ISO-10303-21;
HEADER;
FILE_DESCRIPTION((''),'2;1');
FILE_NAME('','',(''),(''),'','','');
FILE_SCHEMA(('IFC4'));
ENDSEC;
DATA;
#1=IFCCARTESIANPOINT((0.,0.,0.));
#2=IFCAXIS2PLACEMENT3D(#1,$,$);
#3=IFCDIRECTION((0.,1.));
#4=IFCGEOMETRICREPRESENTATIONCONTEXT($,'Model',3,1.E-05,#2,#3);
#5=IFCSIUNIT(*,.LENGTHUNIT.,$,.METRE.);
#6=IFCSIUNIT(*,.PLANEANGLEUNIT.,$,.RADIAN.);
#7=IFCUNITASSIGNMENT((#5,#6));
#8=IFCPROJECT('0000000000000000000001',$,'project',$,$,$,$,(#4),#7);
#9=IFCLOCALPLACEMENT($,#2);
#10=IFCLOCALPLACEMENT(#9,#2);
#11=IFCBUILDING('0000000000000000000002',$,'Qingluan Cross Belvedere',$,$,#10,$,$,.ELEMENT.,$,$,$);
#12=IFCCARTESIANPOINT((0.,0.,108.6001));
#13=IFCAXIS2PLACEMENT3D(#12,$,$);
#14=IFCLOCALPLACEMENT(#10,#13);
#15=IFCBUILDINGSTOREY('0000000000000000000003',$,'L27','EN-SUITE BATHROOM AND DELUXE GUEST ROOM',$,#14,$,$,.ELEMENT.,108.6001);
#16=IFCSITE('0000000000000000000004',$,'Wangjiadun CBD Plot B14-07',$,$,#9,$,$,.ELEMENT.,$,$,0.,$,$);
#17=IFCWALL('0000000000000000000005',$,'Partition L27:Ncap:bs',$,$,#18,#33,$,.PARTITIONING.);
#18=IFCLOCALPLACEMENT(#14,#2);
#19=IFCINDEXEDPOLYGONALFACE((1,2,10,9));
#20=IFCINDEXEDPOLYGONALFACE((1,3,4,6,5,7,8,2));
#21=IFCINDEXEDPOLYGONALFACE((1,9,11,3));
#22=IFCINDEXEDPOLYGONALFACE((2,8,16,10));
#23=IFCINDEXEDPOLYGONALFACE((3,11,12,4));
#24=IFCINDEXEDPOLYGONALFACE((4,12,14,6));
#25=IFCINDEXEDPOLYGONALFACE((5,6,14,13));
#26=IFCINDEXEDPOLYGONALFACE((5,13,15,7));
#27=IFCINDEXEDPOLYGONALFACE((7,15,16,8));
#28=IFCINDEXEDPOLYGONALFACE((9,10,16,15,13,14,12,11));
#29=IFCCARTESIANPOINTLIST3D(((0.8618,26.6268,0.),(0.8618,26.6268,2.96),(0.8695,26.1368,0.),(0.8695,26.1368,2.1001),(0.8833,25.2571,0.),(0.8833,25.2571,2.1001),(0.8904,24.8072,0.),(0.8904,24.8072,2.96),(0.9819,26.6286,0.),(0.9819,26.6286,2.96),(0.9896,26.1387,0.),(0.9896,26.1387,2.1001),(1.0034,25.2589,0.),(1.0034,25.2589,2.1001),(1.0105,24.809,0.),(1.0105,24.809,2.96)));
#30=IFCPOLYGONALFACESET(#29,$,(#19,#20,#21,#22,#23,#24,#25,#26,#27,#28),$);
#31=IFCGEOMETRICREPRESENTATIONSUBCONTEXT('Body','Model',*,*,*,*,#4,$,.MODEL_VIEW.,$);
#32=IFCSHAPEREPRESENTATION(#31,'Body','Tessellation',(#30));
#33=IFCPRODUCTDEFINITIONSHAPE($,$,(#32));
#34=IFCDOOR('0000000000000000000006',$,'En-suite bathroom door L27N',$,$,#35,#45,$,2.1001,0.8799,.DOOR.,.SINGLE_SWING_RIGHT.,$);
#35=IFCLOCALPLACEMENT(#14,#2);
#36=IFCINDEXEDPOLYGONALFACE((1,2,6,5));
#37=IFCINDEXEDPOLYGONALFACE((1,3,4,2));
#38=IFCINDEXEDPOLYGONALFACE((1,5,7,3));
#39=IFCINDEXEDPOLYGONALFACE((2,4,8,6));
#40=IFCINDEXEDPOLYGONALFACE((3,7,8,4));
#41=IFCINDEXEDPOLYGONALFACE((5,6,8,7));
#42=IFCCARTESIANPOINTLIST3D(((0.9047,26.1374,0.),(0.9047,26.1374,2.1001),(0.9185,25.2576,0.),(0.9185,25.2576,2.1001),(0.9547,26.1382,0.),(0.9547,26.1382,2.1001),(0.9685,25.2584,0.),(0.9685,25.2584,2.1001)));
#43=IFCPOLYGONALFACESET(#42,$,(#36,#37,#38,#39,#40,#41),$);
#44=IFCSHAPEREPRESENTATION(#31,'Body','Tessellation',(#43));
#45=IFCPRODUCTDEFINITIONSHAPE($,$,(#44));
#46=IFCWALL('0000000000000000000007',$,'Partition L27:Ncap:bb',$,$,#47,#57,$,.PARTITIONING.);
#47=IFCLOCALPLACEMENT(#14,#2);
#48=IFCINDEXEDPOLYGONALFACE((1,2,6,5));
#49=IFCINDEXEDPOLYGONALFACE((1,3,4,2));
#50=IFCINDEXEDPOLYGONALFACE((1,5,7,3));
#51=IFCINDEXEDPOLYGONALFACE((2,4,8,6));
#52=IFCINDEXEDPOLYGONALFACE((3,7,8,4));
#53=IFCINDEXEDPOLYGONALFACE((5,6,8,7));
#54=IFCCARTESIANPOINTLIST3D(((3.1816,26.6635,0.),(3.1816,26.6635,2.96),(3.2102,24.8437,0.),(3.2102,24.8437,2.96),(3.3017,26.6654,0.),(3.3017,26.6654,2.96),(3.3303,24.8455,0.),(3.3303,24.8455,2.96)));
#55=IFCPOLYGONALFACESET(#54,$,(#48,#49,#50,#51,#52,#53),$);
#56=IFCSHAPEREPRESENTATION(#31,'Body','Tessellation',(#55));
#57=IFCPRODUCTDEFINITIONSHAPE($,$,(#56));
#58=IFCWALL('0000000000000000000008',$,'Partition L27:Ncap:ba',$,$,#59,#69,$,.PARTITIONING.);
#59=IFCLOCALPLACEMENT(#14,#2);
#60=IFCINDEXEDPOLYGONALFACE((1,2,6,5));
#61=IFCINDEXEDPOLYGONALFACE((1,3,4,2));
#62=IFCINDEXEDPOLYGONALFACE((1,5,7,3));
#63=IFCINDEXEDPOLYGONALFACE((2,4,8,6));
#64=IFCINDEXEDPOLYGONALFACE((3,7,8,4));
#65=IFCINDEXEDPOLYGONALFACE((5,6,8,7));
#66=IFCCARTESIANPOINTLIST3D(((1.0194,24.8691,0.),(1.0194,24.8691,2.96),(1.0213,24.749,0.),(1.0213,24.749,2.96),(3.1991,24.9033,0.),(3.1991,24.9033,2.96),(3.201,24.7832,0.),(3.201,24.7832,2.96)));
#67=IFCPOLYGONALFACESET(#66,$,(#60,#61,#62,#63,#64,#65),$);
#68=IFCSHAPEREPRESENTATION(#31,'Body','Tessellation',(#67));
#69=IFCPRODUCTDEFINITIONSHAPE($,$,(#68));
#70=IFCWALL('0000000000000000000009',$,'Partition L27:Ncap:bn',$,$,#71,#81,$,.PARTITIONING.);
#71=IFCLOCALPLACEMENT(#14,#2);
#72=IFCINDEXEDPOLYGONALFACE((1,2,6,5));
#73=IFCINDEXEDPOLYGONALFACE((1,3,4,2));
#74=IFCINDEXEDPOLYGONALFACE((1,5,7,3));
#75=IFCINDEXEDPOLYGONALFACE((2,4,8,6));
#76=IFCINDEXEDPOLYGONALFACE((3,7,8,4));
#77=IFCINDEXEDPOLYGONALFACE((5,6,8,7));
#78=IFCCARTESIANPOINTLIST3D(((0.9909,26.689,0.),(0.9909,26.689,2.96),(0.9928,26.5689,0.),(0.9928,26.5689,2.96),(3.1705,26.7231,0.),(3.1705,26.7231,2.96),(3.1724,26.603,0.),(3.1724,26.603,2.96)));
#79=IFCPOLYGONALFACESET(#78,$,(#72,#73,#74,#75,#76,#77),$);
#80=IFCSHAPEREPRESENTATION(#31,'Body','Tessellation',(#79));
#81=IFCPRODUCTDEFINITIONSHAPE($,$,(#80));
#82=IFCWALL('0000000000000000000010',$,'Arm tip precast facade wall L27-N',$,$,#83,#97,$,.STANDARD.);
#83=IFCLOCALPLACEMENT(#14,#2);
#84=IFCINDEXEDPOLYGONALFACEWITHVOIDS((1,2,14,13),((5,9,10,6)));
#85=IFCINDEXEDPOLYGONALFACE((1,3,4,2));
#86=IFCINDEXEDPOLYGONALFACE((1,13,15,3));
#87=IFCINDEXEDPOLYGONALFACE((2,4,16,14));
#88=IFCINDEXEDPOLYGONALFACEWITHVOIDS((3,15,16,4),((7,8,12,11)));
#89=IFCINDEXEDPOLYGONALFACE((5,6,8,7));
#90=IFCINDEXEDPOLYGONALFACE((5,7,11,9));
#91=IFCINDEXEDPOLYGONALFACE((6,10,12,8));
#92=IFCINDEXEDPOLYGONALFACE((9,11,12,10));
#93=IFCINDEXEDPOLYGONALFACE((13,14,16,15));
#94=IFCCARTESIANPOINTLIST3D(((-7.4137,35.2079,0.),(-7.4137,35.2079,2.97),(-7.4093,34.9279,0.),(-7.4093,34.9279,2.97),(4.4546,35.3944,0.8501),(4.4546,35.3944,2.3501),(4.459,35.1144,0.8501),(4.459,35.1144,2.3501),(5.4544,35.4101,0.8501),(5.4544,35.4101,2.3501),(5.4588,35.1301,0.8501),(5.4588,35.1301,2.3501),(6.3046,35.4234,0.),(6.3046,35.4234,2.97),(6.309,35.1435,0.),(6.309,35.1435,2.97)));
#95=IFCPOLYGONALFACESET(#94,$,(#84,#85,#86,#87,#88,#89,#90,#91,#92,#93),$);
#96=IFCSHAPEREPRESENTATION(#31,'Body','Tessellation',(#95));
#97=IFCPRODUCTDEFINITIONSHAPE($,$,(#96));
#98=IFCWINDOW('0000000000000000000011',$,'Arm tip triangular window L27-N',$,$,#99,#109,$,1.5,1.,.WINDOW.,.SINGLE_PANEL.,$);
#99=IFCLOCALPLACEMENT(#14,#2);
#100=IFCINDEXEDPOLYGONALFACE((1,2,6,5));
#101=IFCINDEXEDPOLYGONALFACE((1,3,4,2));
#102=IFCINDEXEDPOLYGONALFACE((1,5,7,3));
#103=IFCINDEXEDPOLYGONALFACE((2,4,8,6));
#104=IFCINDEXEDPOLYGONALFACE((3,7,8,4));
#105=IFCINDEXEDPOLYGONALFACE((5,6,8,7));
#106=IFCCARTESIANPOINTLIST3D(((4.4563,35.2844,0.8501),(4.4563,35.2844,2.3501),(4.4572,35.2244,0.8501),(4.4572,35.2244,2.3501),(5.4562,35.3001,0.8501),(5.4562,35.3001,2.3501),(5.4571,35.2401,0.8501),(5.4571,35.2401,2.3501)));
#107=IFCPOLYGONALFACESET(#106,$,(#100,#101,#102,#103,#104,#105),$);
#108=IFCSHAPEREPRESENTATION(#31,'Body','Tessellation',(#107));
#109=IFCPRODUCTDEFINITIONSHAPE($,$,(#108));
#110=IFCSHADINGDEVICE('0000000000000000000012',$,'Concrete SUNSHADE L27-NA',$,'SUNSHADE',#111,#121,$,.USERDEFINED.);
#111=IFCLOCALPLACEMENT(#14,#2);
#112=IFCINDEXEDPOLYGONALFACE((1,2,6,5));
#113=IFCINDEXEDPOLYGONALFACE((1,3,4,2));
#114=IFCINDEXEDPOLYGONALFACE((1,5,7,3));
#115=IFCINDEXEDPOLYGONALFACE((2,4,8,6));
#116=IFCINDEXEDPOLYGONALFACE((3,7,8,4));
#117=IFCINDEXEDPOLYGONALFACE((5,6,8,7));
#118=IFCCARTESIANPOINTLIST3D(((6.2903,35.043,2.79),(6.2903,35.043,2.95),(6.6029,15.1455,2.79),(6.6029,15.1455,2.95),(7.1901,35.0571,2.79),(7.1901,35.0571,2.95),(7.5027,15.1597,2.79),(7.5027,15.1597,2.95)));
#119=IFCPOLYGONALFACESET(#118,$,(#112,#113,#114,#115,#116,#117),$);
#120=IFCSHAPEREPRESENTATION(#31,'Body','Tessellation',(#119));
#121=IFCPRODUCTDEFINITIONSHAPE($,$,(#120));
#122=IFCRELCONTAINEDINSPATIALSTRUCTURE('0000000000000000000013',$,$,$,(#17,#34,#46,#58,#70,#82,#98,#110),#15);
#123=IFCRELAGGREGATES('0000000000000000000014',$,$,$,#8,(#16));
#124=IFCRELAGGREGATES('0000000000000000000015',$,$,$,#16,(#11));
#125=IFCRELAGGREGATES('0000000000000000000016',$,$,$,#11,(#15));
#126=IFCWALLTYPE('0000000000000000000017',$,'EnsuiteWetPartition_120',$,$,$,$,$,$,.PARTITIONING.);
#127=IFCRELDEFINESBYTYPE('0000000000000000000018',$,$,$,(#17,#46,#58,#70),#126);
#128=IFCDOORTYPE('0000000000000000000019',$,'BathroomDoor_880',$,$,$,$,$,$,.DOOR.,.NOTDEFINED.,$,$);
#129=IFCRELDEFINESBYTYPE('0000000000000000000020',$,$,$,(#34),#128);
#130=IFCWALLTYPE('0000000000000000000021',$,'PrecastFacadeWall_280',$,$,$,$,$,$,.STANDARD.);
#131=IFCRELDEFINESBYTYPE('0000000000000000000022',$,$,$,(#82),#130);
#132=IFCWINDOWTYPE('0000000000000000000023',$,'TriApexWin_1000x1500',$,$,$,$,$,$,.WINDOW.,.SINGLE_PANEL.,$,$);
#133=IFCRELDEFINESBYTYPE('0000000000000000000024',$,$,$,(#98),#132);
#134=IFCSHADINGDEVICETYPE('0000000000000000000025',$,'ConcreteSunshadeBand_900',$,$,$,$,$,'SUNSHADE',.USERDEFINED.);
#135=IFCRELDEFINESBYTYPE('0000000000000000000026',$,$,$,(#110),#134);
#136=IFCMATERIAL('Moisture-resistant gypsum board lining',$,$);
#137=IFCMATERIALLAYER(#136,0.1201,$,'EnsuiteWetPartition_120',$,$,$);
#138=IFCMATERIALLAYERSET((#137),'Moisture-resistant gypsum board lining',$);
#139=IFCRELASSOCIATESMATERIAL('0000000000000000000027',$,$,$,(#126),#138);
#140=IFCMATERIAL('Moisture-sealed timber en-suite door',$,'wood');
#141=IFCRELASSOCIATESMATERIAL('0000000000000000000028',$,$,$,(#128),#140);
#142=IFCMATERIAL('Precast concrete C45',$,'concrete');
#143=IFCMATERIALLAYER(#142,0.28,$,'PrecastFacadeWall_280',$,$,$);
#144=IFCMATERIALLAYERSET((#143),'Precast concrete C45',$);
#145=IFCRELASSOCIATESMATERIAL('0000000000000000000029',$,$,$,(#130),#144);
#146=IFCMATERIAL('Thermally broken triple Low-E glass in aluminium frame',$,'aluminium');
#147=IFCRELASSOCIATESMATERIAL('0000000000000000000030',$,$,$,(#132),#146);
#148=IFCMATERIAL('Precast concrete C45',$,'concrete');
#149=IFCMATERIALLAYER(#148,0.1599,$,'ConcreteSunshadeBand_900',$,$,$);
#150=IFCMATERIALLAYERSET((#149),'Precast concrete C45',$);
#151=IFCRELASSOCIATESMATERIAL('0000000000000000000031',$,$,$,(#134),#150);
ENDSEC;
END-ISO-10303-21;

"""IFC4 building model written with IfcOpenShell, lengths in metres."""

from ifc_helpers import new_model, si_unit, direction, frame, frame_2d, origin, origin_2d, place, context, subcontext, project, spatial, rectangle, extrude, material, layer, layer_set, type_object, element, fill, save


model = new_model("IFC4")

# Units and contexts
model_context = context("Model", 3, precision=1e-05, world=origin(), true_north=direction((0.0, 1.0)))
body_context = subcontext(model_context, "Body", "Model", "MODEL_VIEW")
ifc_project = project(units=[si_unit("LENGTHUNIT", "METRE"), si_unit("PLANEANGLEUNIT", "RADIAN")], contexts=[model_context])

# Site, building, storey
site_placement = place(None, origin())
site = spatial("IfcSite", under=ifc_project, at=site_placement, Name="Wangjiadun CBD Plot B14-07", CompositionType="ELEMENT", RefElevation=0.0)
building_placement = place(site_placement, origin())
building = spatial("IfcBuilding", under=site, at=building_placement, Name="Qingluan Cross Belvedere", CompositionType="ELEMENT")
storey_placement = place(building_placement, frame((0.0, 0.0, 108.6001)))
storey = spatial("IfcBuildingStorey", under=building, at=storey_placement, Name="L27", Description="EN-SUITE BATHROOM AND DELUXE GUEST ROOM", CompositionType="ELEMENT", Elevation=108.6001)

# Shared definitions
ifc_material_1 = material(Name="Moisture-resistant gypsum board lining")
ifc_layer_1 = layer(ifc_material_1, 0.1201, Name="EnsuiteWetPartition_120")
ifc_layer_set_1 = layer_set([ifc_layer_1], Name="Moisture-resistant gypsum board lining")
wall_type_1 = type_object("IfcWallType", Name="EnsuiteWetPartition_120", PredefinedType="PARTITIONING", material=ifc_layer_set_1)
ifc_material_2 = material(Name="Moisture-sealed timber en-suite door", Category="wood")
door_type = type_object("IfcDoorType", Name="BathroomDoor_880", OperationType="NOTDEFINED", PredefinedType="DOOR", material=ifc_material_2)

# Wall, opening, door
wall_1_placement = place(storey_placement, frame((0.9504, 24.8081, 0.0), z_axis=(0.0, 0.0, 1.0), x_axis=(-0.015696, 0.999877, 0.0)))
wall_1 = element("IfcWall", 1, at=wall_1_placement, inside=storey, type_object=wall_type_1, Name="Partition L27:Ncap:bs", PredefinedType="PARTITIONING", context=body_context, shape_type="SweptSolid", body=[
    extrude(rectangle(XDim=1.8198, YDim=0.1201, at=frame_2d((0.9099, 0.0))), origin(), (0.0, 0.0, 1.0), 2.96),
])
opening_1_placement = place(wall_1_placement, frame((0.45, 0.0, 0.0)))
opening_1 = element("IfcOpeningElement", 2, at=opening_1_placement, cuts=wall_1, PredefinedType="OPENING", context=body_context, shape_type="SweptSolid", body=[
    extrude(rectangle(XDim=0.8799, YDim=2.1001, at=frame_2d((0.4399, 1.05))), frame((0.0, 0.0701, 0.0), z_axis=(0.0, -1.0, 0.0), x_axis=(1.0, 0.0, 0.0)), (0.0, 0.0, 1.0), 0.1401),
])
door_1_placement = place(opening_1_placement, origin())
door_1 = element("IfcDoor", 3, at=door_1_placement, inside=storey, type_object=door_type, Name="En-suite bathroom door L27N", OperationType="SINGLE_SWING_RIGHT", OverallHeight=2.1001, OverallWidth=0.8799, PredefinedType="DOOR", context=body_context, shape_type="SweptSolid", body=[
    extrude(rectangle(XDim=0.8799, YDim=2.1001, at=frame_2d((0.4399, 1.05))), frame((0.0, 0.0249, 0.0), z_axis=(0.0, -1.0, 0.0), x_axis=(1.0, 0.0, 0.0)), (0.0, 0.0, 1.0), 0.05),
])
fill(opening_1, door_1)

# Walls
wall_2_placement = place(storey_placement, frame((3.2703, 24.8445, 0.0), z_axis=(0.0, 0.0, 1.0), x_axis=(-0.015694, 0.999877, 0.0)))
element("IfcWall", 4, at=wall_2_placement, inside=storey, type_object=wall_type_1, Name="Partition L27:Ncap:bb", PredefinedType="PARTITIONING", context=body_context, shape_type="SweptSolid", body=[
    extrude(rectangle(XDim=1.8201, YDim=0.1201, at=frame_2d((0.9102, 0.0))), origin(), (0.0, 0.0, 1.0), 2.96),
])
for number, where, z_axis, x_axis, name in (
    (5, (1.0205, 24.8091, 0.0), (0.0, 0.0, 1.0), (0.999877, 0.015679, 0.0), "Partition L27:Ncap:ba"),
    (6, (0.9919, 26.6289, 0.0), (0.0, 0.0, 1.0), (0.999877, 0.015679, 0.0), "Partition L27:Ncap:bn"),
):
    element("IfcWall", number, at=place(storey_placement, frame(where, z_axis=z_axis, x_axis=x_axis)), inside=storey, type_object=wall_type_1, Name=name, PredefinedType="PARTITIONING", context=body_context, shape_type="SweptSolid", body=[
        extrude(rectangle(XDim=2.1799, YDim=0.1201, at=frame_2d((1.0898, 0.0))), origin(), (0.0, 0.0, 1.0), 2.96),
    ])

# Wall, opening, window
ifc_material_3 = material(Name="Precast concrete C45", Category="concrete")
ifc_layer_2 = layer(ifc_material_3, 0.28, Name="PrecastFacadeWall_280")
ifc_layer_set_2 = layer_set([ifc_layer_2], Name="Precast concrete C45")
wall_type_2 = type_object("IfcWallType", Name="PrecastFacadeWall_280", PredefinedType="STANDARD", material=ifc_layer_set_2)
wall_3_placement = place(storey_placement, frame((6.3066, 35.2834, 0.0), z_axis=(0.0, 0.0, 1.0), x_axis=(-0.999877, -0.015713, 0.0)))
wall_3 = element("IfcWall", 7, at=wall_3_placement, inside=storey, type_object=wall_type_2, Name="Arm tip precast facade wall L27-N", PredefinedType="STANDARD", context=body_context, shape_type="SweptSolid", body=[
    extrude(rectangle(XDim=13.72, YDim=0.28, at=frame_2d((6.8599, 0.0))), origin(), (0.0, 0.0, 1.0), 2.97),
])
opening_2_placement = place(wall_3_placement, frame((0.8501, 0.0, 0.8501)))
opening_2 = element("IfcOpeningElement", 8, at=opening_2_placement, cuts=wall_3, PredefinedType="OPENING", context=body_context, shape_type="SweptSolid", body=[
    extrude(rectangle(XDim=1.0, YDim=1.5, at=frame_2d((0.5, 0.75))), frame((0.0, 0.1499, 0.0), z_axis=(0.0, -1.0, 0.0), x_axis=(1.0, 0.0, 0.0)), (0.0, 0.0, 1.0), 0.3),
])
ifc_material_4 = material(Name="Thermally broken triple Low-E glass in aluminium frame", Category="aluminium")
window_type = type_object("IfcWindowType", Name="TriApexWin_1000x1500", PartitioningType="SINGLE_PANEL", PredefinedType="WINDOW", material=ifc_material_4)
window_placement = place(opening_2_placement, origin())
window = element("IfcWindow", 9, at=window_placement, inside=storey, type_object=window_type, Name="Arm tip triangular window L27-N", OverallHeight=1.5, OverallWidth=1.0, PartitioningType="SINGLE_PANEL", PredefinedType="WINDOW", context=body_context, shape_type="SweptSolid", body=[
    extrude(rectangle(XDim=1.0, YDim=1.5, at=frame_2d((0.5, 0.75))), frame((0.0, 0.03, 0.0), z_axis=(0.0, -1.0, 0.0), x_axis=(1.0, 0.0, 0.0)), (0.0, 0.0, 1.0), 0.0601),
])
fill(opening_2, window)

# Shading device
ifc_material_5 = material(Name="Precast concrete C45", Category="concrete")
ifc_layer_3 = layer(ifc_material_5, 0.1599, Name="ConcreteSunshadeBand_900")
ifc_layer_set_3 = layer_set([ifc_layer_3], Name="Precast concrete C45")
shading_device_type = type_object("IfcShadingDeviceType", Name="ConcreteSunshadeBand_900", ElementType="SUNSHADE", PredefinedType="USERDEFINED", material=ifc_layer_set_3)
shading_device_placement = place(storey_placement, frame((6.8965, 25.1013, 2.79), z_axis=(0.0, 0.0, 1.0), x_axis=(-0.015706, 0.999877, 0.0)))
element("IfcShadingDevice", 10, at=shading_device_placement, inside=storey, type_object=shading_device_type, Name="Concrete SUNSHADE L27-NA", ObjectType="SUNSHADE", PredefinedType="USERDEFINED", context=body_context, shape_type="SweptSolid", body=[
    extrude(rectangle(XDim=19.8999, YDim=0.8999, at=origin_2d()), origin(), (0.0, 0.0, 1.0), 0.1599),
])

save(model, "model.ifc")
